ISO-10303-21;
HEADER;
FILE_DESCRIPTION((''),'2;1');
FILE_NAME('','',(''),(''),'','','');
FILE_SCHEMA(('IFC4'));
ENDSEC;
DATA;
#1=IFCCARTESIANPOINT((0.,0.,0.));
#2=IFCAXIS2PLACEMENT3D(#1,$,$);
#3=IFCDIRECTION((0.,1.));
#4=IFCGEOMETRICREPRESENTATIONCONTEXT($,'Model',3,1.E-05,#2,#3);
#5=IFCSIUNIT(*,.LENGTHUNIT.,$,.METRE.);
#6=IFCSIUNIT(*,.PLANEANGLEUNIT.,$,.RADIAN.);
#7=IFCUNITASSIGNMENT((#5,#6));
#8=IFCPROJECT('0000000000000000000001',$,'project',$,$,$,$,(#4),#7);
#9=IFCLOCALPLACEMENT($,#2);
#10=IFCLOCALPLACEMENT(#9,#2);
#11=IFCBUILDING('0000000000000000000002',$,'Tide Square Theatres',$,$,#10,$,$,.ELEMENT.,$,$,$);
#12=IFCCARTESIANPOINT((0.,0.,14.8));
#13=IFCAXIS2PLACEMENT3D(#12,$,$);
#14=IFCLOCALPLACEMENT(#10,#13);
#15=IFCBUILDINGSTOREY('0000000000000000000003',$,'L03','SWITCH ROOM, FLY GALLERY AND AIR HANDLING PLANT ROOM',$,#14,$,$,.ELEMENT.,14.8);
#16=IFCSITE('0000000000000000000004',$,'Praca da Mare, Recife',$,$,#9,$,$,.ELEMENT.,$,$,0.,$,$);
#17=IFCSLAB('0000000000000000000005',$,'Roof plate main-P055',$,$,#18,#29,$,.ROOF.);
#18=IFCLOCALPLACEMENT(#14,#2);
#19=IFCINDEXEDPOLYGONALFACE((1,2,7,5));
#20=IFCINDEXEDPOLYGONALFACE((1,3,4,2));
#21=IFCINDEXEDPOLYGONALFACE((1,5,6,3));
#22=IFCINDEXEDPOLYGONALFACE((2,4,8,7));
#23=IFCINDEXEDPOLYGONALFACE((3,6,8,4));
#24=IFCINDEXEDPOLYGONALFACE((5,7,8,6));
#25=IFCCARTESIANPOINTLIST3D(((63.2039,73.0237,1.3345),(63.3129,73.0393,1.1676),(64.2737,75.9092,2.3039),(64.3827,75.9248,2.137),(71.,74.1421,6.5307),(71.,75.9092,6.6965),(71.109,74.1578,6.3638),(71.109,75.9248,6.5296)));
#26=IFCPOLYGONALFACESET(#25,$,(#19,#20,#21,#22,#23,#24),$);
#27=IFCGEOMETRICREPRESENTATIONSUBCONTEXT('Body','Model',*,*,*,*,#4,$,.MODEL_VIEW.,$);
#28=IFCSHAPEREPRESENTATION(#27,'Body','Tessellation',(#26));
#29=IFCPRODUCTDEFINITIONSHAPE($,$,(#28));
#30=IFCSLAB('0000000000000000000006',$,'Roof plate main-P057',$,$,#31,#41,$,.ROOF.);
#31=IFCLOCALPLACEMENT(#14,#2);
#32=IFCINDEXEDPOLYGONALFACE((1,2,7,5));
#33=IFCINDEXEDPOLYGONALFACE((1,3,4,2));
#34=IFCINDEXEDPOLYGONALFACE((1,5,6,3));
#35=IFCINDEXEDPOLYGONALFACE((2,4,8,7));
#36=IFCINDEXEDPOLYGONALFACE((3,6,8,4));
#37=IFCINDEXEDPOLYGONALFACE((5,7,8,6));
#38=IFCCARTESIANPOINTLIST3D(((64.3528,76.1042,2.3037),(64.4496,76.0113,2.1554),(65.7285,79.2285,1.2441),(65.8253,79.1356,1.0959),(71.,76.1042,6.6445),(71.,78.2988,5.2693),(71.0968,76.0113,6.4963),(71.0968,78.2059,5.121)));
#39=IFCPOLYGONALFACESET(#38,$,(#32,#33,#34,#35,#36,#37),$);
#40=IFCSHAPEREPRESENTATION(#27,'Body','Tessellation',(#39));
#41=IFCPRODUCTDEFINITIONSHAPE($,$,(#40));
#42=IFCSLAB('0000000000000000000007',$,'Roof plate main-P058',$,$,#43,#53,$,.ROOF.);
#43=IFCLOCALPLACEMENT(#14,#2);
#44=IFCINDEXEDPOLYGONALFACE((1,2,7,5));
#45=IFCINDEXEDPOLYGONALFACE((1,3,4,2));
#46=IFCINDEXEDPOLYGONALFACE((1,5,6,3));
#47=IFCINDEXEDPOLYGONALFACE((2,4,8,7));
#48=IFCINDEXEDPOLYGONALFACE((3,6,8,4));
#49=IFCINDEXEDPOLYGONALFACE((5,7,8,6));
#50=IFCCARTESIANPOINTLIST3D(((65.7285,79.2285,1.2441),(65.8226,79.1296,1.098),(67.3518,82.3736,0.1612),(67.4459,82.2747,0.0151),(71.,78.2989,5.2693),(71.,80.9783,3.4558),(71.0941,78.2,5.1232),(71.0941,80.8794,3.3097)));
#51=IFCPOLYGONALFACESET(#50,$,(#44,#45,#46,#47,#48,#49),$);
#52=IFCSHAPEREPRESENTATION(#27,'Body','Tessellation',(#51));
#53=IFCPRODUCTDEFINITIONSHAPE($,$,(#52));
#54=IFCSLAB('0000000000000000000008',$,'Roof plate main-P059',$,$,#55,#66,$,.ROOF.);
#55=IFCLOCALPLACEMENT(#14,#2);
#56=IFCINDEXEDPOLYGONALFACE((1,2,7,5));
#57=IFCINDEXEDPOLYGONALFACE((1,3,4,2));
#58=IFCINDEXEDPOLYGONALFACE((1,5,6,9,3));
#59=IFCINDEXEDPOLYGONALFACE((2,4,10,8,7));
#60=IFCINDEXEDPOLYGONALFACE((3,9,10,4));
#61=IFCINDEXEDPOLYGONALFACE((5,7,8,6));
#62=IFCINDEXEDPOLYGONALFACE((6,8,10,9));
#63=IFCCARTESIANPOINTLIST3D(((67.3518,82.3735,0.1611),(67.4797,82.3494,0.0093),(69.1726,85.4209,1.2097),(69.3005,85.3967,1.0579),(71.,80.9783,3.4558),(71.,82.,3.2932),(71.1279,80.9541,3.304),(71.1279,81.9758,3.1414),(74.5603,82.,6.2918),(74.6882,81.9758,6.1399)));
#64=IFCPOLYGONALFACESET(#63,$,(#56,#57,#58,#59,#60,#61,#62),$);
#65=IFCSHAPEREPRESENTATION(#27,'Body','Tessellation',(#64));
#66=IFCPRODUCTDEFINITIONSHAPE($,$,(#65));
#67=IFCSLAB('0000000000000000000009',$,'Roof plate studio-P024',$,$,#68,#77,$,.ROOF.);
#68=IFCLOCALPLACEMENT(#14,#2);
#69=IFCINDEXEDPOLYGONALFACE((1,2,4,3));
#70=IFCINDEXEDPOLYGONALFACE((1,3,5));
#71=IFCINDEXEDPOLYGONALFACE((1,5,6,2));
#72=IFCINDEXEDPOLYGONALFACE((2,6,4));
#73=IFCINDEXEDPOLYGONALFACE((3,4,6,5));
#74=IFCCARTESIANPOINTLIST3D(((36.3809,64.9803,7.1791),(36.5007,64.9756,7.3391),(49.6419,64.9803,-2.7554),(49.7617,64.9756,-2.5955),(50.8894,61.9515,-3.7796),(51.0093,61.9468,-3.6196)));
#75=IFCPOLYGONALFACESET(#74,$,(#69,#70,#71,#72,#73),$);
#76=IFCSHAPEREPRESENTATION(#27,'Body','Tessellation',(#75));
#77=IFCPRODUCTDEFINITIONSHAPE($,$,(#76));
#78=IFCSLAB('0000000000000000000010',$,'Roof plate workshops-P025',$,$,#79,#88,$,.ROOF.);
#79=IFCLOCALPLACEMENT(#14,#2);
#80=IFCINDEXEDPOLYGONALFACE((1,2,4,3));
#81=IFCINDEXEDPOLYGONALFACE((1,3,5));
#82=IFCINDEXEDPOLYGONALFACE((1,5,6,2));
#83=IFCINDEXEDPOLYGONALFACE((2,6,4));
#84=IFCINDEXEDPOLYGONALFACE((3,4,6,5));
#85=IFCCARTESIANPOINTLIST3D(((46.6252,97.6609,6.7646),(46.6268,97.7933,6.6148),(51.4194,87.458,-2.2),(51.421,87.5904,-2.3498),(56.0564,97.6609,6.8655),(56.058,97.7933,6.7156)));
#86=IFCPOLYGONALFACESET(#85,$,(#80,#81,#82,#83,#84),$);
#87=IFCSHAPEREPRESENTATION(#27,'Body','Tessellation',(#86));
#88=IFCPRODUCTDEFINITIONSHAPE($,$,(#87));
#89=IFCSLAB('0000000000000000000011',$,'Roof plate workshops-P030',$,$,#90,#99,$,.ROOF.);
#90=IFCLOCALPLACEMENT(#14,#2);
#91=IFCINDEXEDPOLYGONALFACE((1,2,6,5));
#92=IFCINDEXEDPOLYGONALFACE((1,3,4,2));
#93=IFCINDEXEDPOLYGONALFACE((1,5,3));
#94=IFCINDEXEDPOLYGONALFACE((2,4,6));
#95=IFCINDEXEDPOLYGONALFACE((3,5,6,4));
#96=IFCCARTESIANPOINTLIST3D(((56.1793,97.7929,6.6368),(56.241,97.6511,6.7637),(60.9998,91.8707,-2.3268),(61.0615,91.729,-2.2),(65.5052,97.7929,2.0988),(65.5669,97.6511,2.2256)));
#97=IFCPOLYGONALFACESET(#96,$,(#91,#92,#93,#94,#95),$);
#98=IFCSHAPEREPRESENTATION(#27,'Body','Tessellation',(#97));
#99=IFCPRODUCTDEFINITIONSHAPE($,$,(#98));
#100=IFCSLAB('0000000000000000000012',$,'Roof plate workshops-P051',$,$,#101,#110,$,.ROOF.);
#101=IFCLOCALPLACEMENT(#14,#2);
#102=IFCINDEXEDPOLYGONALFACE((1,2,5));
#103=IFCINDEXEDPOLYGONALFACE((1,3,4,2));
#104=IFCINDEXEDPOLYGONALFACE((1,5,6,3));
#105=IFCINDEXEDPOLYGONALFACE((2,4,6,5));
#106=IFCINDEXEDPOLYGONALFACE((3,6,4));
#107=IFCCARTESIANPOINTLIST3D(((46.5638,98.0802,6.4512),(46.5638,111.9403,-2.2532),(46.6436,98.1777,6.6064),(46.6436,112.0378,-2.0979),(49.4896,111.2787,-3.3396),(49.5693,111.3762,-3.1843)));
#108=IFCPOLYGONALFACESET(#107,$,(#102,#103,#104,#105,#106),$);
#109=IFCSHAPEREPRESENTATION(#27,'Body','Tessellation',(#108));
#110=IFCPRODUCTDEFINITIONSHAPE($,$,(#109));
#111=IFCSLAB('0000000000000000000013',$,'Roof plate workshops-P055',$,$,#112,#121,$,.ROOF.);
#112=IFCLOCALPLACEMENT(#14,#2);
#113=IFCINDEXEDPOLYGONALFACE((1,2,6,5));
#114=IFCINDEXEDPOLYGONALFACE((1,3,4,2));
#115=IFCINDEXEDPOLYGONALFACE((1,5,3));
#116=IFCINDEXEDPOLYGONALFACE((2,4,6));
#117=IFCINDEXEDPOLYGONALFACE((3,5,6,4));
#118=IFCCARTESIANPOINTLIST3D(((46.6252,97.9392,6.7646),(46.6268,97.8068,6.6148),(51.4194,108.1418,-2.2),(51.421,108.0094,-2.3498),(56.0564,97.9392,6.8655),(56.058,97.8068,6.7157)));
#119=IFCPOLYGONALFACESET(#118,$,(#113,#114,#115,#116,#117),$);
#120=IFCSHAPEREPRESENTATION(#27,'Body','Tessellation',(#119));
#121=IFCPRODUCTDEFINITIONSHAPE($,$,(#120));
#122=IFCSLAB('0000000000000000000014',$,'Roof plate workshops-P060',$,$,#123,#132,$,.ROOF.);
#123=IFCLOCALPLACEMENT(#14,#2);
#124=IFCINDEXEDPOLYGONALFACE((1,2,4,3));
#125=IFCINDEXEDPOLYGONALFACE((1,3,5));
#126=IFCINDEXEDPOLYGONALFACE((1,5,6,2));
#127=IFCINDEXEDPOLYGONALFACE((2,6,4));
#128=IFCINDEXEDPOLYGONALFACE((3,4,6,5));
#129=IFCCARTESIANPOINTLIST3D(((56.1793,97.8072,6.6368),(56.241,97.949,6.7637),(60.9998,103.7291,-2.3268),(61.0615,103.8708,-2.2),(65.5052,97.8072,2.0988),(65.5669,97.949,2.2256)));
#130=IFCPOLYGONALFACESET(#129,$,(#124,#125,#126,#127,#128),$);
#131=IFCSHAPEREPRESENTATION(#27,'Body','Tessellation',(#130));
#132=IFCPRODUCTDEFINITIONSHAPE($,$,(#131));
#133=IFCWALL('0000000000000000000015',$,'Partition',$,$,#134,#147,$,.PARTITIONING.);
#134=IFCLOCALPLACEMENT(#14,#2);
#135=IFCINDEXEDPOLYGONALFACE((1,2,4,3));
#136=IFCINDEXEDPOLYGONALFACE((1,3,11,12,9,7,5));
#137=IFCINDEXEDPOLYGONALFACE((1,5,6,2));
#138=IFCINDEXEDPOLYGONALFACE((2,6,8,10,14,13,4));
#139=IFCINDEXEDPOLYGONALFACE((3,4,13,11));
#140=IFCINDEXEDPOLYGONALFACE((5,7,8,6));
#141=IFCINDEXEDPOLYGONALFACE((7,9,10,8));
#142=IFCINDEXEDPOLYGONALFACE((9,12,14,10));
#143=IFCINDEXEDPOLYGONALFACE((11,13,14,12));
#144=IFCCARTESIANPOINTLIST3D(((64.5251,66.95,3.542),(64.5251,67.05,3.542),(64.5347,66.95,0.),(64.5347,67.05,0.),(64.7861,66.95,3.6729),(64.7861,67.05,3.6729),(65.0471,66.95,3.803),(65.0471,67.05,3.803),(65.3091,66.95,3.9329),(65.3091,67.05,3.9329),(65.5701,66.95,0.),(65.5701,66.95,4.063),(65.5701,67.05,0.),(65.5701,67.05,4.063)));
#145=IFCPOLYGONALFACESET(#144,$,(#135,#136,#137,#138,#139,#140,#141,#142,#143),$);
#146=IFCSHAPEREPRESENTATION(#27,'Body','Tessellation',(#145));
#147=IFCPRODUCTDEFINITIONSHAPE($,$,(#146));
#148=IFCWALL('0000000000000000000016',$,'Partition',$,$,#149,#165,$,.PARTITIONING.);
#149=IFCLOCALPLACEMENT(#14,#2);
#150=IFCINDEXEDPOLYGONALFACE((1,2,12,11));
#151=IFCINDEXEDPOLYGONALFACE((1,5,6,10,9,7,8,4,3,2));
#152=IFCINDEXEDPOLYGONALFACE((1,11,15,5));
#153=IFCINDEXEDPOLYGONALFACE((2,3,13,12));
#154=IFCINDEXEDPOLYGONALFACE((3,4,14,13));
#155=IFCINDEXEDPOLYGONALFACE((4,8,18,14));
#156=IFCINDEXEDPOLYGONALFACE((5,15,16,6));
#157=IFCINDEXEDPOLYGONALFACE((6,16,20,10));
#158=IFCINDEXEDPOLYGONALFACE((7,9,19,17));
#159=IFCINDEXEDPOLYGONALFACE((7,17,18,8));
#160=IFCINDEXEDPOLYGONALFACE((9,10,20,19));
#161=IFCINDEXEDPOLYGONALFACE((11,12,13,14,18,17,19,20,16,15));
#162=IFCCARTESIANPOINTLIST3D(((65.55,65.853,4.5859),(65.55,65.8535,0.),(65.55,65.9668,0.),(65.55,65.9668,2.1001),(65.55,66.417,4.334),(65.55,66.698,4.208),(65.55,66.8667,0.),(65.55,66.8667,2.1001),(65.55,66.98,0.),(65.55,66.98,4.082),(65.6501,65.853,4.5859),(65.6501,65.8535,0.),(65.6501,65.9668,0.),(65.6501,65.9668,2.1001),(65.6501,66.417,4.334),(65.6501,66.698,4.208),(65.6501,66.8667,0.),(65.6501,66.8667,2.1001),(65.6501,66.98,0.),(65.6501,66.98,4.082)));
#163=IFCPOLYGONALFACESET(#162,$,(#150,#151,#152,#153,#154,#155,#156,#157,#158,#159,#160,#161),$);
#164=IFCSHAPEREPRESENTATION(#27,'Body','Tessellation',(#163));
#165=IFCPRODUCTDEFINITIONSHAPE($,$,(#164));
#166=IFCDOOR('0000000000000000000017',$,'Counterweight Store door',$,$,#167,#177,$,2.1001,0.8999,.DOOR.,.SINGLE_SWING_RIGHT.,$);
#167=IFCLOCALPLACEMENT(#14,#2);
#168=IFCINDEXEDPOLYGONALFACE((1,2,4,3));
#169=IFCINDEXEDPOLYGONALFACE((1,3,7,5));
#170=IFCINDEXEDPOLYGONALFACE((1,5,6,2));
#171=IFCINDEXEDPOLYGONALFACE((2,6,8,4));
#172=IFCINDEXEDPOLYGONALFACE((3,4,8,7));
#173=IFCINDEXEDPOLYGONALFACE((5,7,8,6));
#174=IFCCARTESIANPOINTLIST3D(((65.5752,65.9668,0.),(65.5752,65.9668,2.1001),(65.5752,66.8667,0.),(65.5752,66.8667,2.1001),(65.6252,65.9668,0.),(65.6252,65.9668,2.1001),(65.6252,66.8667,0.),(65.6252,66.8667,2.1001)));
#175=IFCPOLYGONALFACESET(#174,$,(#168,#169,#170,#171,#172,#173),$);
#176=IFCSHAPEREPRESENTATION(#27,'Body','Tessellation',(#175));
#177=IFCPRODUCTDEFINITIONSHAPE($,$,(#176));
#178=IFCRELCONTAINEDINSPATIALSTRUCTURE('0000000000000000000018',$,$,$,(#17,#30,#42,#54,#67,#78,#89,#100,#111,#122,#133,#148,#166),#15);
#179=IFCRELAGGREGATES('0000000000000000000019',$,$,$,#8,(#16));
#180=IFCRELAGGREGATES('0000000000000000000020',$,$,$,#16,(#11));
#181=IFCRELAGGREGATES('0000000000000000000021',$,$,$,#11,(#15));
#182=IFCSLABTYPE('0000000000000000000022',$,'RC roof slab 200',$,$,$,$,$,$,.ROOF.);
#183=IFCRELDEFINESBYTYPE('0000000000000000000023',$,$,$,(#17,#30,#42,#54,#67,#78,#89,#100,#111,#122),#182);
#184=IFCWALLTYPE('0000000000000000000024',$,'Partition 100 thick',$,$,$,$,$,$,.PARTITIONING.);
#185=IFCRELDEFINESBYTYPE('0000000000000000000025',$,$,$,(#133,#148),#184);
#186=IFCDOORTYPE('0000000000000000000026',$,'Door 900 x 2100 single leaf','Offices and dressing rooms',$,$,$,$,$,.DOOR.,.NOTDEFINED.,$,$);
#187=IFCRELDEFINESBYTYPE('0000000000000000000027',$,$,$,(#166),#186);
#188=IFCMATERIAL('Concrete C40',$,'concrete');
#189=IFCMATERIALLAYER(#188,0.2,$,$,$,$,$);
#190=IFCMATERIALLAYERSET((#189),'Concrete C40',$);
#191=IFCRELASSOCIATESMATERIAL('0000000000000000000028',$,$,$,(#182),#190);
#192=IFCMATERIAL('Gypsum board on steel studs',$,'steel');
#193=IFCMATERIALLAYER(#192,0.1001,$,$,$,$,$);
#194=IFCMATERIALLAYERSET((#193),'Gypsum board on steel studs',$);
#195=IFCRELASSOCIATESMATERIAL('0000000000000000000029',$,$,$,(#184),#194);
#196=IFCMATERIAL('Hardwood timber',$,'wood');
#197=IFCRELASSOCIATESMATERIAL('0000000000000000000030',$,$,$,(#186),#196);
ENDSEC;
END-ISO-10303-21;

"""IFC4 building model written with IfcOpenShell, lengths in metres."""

from ifc_helpers import new_model, si_unit, direction, frame, frame_2d, origin, place, context, subcontext, project, spatial, polyline, rectangle, outline, extrude, material, layer, layer_set, type_object, element, fill, save


model = new_model("IFC4")

# Units and contexts
model_context = context("Model", 3, precision=1e-05, world=origin(), true_north=direction((0.0, 1.0)))
body_context = subcontext(model_context, "Body", "Model", "MODEL_VIEW")
ifc_project = project(units=[si_unit("LENGTHUNIT", "METRE"), si_unit("PLANEANGLEUNIT", "RADIAN")], contexts=[model_context])

# Site, building, storey
site_placement = place(None, origin())
site = spatial("IfcSite", under=ifc_project, at=site_placement, Name="Praca da Mare, Recife", CompositionType="ELEMENT", RefElevation=0.0)
building_placement = place(site_placement, origin())
building = spatial("IfcBuilding", under=site, at=building_placement, Name="Tide Square Theatres", CompositionType="ELEMENT")
storey_placement = place(building_placement, frame((0.0, 0.0, 14.8)))
storey = spatial("IfcBuildingStorey", under=building, at=storey_placement, Name="L03", Description="SWITCH ROOM, FLY GALLERY AND AIR HANDLING PLANT ROOM", CompositionType="ELEMENT", Elevation=14.8)

# Slabs
ifc_material_1 = material(Name="Concrete C40", Category="concrete")
ifc_layer_1 = layer(ifc_material_1, 0.2)
ifc_layer_set_1 = layer_set([ifc_layer_1], Name="Concrete C40")
slab_type = type_object("IfcSlabType", Name="RC roof slab 200", PredefinedType="ROOF", material=ifc_layer_set_1)
slab_1_placement = place(storey_placement, frame((63.2039, 73.0237, 1.3345), z_axis=(-0.545103, -0.078329, 0.834702), x_axis=(0.826243, 0.11853, 0.550702)))
element("IfcSlab", 1, at=slab_1_placement, inside=storey, type_object=slab_type, Name="Roof plate main-P055", PredefinedType="ROOF", context=body_context, shape_type="SweptSolid", body=[
    extrude(outline(polyline([(0.0, 0.0), (9.4357, 0.0), (9.7364, 1.7492), (1.7598, 2.7043), (0.0, 0.0)])), origin(), (0.0, 0.0, -1.0), 0.2),
])
slab_2_placement = place(storey_placement, frame((65.7285, 79.2285, 1.2441), z_axis=(-0.484171, 0.46463, 0.741415), x_axis=(-0.384879, -0.874072, 0.296424)))
element("IfcSlab", 2, at=slab_2_placement, inside=storey, type_object=slab_type, Name="Roof plate main-P057", PredefinedType="ROOF", context=body_context, shape_type="SweptSolid", body=[
    extrude(outline(polyline([(0.0, 0.0), (3.5744, 0.0), (2.3028, 7.8365), (-0.0231, 6.6973), (0.0, 0.0)])), origin(), (0.0, 0.0, -1.0), 0.2),
])
slab_3_placement = place(storey_placement, frame((65.7285, 79.2285, 1.2441), z_axis=(-0.470704, 0.494542, 0.730662), x_axis=(0.787094, -0.13881, 0.601011)))
element("IfcSlab", 3, at=slab_3_placement, inside=storey, type_object=slab_type, Name="Roof plate main-P058", PredefinedType="ROOF", context=body_context, shape_type="SweptSolid", body=[
    extrude(outline(polyline([(0.0, 0.0), (6.6974, 0.0), (5.2355, 2.8864), (0.1902, 3.6963), (0.0, 0.0)])), origin(), (0.0, 0.0, -1.0), 0.2),
])
slab_4_placement = place(storey_placement, frame((67.3518, 82.3735, 0.1611), z_axis=(-0.639469, 0.120833, 0.759262), x_axis=(0.71395, -0.273052, 0.644762)))
element("IfcSlab", 4, at=slab_4_placement, inside=storey, type_object=slab_type, Name="Roof plate main-P059", PredefinedType="ROOF", context=body_context, shape_type="SweptSolid", body=[
    extrude(outline(polyline([(0.0, 0.0), (5.1099, 0.0), (4.7261, 0.9608), (9.2013, 2.2411), (1.144, 3.5203), (0.0, 0.0)])), origin(), (0.0, 0.0, -1.0), 0.2),
])
slab_5_placement = place(storey_placement, frame((51.0093, 61.9468, -3.6196), z_axis=(0.599401, -0.023656, 0.800099), x_axis=(-0.363502, 0.882506, 0.298413)))
element("IfcSlab", 5, at=slab_5_placement, inside=storey, type_object=slab_type, Name="Roof plate studio-P024", PredefinedType="ROOF", context=body_context, shape_type="SweptSolid", body=[
    extrude(outline(polyline([(0.0, 0.0), (3.4321, 0.0), (11.2171, 14.6268), (0.0, 0.0)])), origin(), (0.0, 0.0, -1.0), 0.2),
])
slab_6_placement = place(storey_placement, frame((51.4194, 87.458, -2.2), z_axis=(-0.008011, -0.66215, 0.749329), x_axis=(0.321684, 0.707813, 0.628904)))
element("IfcSlab", 6, at=slab_6_placement, inside=storey, type_object=slab_type, Name="Roof plate workshops-P025", PredefinedType="ROOF", context=body_context, shape_type="SweptSolid", body=[
    extrude(outline(polyline([(0.0, 0.0), (14.4147, 0.0), (11.3174, 8.9086), (0.0, 0.0)])), origin(), (0.0, 0.0, -1.0), 0.2),
])
slab_7_placement = place(storey_placement, frame((61.0615, 91.729, -2.2), z_axis=(0.308651, -0.70881, 0.634289), x_axis=(0.520391, 0.684032, 0.51117)))
element("IfcSlab", 7, at=slab_7_placement, inside=storey, type_object=slab_type, Name="Roof plate workshops-P030", PredefinedType="ROOF", context=body_context, shape_type="SweptSolid", body=[
    extrude(outline(polyline([(0.0, 0.0), (8.6577, 0.0), (6.1243, 10.0573), (0.0, 0.0)])), origin(), (0.0, 0.0, -1.0), 0.2),
])
slab_8_placement = place(storey_placement, frame((49.5693, 111.3762, -3.1843), z_axis=(0.398682, 0.487739, 0.776636), x_axis=(-0.917076, 0.207383, 0.340536)))
element("IfcSlab", 8, at=slab_8_placement, inside=storey, type_object=slab_type, Name="Roof plate workshops-P051", PredefinedType="ROOF", context=body_context, shape_type="SweptSolid", body=[
    extrude(outline(polyline([(0.0, 0.0), (3.1903, 0.0), (3.2801, 16.3664), (0.0, 0.0)])), origin(), (0.0, 0.0, -1.0), 0.2),
])
slab_9_placement = place(storey_placement, frame((51.4194, 108.1418, -2.2), z_axis=(-0.008011, 0.662159, 0.749321), x_axis=(-0.332864, -0.708376, 0.622418)))
element("IfcSlab", 9, at=slab_9_placement, inside=storey, type_object=slab_type, Name="Roof plate workshops-P055", PredefinedType="ROOF", context=body_context, shape_type="SweptSolid", body=[
    extrude(outline(polyline([(0.0, 0.0), (14.4029, 0.0), (11.3263, 8.9158), (0.0, 0.0)])), origin(), (0.0, 0.0, -1.0), 0.2),
])
slab_10_placement = place(storey_placement, frame((61.0615, 103.8708, -2.2), z_axis=(0.308645, 0.708825, 0.634276), x_axis=(-0.409386, -0.502915, 0.761236)))
element("IfcSlab", 10, at=slab_10_placement, inside=storey, type_object=slab_type, Name="Roof plate workshops-P060", PredefinedType="ROOF", context=body_context, shape_type="SweptSolid", body=[
    extrude(outline(polyline([(0.0, 0.0), (11.7751, 0.0), (4.5026, 7.3945), (0.0, 0.0)])), origin(), (0.0, 0.0, -1.0), 0.2),
])

# Wall
ifc_material_2 = material(Name="Gypsum board on steel studs", Category="steel")
ifc_layer_2 = layer(ifc_material_2, 0.1001)
ifc_layer_set_2 = layer_set([ifc_layer_2], Name="Gypsum board on steel studs")
wall_type_1 = type_object("IfcWallType", Name="Partition 100 thick", PredefinedType="PARTITIONING", material=ifc_layer_set_2)
wall_1_placement = place(storey_placement, frame((65.5701, 67.0, 0.0), z_axis=(0.0, 0.0, 1.0), x_axis=(-1.0, 0.0, 0.0)))
element("IfcWall", 11, at=wall_1_placement, inside=storey, type_object=wall_type_1, Name="Partition", PredefinedType="PARTITIONING", context=body_context, shape_type="SweptSolid", body=[
    extrude(outline(polyline([(0.0, 0.0), (1.0354, 0.0), (1.0449, 3.542), (0.7839, 3.6729), (0.5229, 3.803), (0.261, 3.9329), (0.0, 4.063), (0.0, 0.0)])), frame((0.0, 0.05, 0.0), z_axis=(0.0, -1.0, 0.0), x_axis=(1.0, 0.0, 0.0)), (0.0, 0.0, 1.0), 0.1001),
])

# Wall, opening, door
wall_2_placement = place(storey_placement, frame((65.6001, 66.98, 0.0), z_axis=(0.0, 0.0, 1.0), x_axis=(0.0, -1.0, 0.0)))
wall_2 = element("IfcWall", 12, at=wall_2_placement, inside=storey, type_object=wall_type_1, Name="Partition", PredefinedType="PARTITIONING", context=body_context, shape_type="SweptSolid", body=[
    extrude(outline(polyline([(0.0, 0.0), (1.1265, 0.0), (1.127, 4.5859), (0.845, 4.46), (0.563, 4.334), (0.282, 4.208), (0.0, 4.082), (0.0, 0.0)])), frame((0.0, 0.05, 0.0), z_axis=(0.0, -1.0, 0.0), x_axis=(1.0, 0.0, 0.0)), (0.0, 0.0, 1.0), 0.1001),
])
opening_placement = place(wall_2_placement, frame((0.1133, 0.0, 0.0)))
opening = element("IfcOpeningElement", 13, at=opening_placement, cuts=wall_2, PredefinedType="OPENING", context=body_context, shape_type="SweptSolid", body=[
    extrude(rectangle(XDim=0.8999, YDim=2.1001, at=frame_2d((0.45, 1.05))), frame((0.0, 0.0601, 0.0), z_axis=(0.0, -1.0, 0.0), x_axis=(1.0, 0.0, 0.0)), (0.0, 0.0, 1.0), 0.1201),
])
ifc_material_3 = material(Name="Hardwood timber", Category="wood")
door_type = type_object("IfcDoorType", Name="Door 900 x 2100 single leaf", Description="Offices and dressing rooms", OperationType="NOTDEFINED", PredefinedType="DOOR", material=ifc_material_3)
door_placement = place(opening_placement, frame((0.8999, 0.0, 0.0), z_axis=(0.0, 0.0, 1.0), x_axis=(-1.0, 0.0, 0.0)))
door = element("IfcDoor", 14, at=door_placement, inside=storey, type_object=door_type, Name="Counterweight Store door", OperationType="SINGLE_SWING_RIGHT", OverallHeight=2.1001, OverallWidth=0.8999, PredefinedType="DOOR", context=body_context, shape_type="SweptSolid", body=[
    extrude(rectangle(XDim=0.8999, YDim=2.1001, at=frame_2d((0.45, 1.05))), frame((0.0, 0.0249, 0.0), z_axis=(0.0, -1.0, 0.0), x_axis=(1.0, 0.0, 0.0)), (0.0, 0.0, 1.0), 0.05),
])
fill(opening, door)

save(model, "model.ifc")
